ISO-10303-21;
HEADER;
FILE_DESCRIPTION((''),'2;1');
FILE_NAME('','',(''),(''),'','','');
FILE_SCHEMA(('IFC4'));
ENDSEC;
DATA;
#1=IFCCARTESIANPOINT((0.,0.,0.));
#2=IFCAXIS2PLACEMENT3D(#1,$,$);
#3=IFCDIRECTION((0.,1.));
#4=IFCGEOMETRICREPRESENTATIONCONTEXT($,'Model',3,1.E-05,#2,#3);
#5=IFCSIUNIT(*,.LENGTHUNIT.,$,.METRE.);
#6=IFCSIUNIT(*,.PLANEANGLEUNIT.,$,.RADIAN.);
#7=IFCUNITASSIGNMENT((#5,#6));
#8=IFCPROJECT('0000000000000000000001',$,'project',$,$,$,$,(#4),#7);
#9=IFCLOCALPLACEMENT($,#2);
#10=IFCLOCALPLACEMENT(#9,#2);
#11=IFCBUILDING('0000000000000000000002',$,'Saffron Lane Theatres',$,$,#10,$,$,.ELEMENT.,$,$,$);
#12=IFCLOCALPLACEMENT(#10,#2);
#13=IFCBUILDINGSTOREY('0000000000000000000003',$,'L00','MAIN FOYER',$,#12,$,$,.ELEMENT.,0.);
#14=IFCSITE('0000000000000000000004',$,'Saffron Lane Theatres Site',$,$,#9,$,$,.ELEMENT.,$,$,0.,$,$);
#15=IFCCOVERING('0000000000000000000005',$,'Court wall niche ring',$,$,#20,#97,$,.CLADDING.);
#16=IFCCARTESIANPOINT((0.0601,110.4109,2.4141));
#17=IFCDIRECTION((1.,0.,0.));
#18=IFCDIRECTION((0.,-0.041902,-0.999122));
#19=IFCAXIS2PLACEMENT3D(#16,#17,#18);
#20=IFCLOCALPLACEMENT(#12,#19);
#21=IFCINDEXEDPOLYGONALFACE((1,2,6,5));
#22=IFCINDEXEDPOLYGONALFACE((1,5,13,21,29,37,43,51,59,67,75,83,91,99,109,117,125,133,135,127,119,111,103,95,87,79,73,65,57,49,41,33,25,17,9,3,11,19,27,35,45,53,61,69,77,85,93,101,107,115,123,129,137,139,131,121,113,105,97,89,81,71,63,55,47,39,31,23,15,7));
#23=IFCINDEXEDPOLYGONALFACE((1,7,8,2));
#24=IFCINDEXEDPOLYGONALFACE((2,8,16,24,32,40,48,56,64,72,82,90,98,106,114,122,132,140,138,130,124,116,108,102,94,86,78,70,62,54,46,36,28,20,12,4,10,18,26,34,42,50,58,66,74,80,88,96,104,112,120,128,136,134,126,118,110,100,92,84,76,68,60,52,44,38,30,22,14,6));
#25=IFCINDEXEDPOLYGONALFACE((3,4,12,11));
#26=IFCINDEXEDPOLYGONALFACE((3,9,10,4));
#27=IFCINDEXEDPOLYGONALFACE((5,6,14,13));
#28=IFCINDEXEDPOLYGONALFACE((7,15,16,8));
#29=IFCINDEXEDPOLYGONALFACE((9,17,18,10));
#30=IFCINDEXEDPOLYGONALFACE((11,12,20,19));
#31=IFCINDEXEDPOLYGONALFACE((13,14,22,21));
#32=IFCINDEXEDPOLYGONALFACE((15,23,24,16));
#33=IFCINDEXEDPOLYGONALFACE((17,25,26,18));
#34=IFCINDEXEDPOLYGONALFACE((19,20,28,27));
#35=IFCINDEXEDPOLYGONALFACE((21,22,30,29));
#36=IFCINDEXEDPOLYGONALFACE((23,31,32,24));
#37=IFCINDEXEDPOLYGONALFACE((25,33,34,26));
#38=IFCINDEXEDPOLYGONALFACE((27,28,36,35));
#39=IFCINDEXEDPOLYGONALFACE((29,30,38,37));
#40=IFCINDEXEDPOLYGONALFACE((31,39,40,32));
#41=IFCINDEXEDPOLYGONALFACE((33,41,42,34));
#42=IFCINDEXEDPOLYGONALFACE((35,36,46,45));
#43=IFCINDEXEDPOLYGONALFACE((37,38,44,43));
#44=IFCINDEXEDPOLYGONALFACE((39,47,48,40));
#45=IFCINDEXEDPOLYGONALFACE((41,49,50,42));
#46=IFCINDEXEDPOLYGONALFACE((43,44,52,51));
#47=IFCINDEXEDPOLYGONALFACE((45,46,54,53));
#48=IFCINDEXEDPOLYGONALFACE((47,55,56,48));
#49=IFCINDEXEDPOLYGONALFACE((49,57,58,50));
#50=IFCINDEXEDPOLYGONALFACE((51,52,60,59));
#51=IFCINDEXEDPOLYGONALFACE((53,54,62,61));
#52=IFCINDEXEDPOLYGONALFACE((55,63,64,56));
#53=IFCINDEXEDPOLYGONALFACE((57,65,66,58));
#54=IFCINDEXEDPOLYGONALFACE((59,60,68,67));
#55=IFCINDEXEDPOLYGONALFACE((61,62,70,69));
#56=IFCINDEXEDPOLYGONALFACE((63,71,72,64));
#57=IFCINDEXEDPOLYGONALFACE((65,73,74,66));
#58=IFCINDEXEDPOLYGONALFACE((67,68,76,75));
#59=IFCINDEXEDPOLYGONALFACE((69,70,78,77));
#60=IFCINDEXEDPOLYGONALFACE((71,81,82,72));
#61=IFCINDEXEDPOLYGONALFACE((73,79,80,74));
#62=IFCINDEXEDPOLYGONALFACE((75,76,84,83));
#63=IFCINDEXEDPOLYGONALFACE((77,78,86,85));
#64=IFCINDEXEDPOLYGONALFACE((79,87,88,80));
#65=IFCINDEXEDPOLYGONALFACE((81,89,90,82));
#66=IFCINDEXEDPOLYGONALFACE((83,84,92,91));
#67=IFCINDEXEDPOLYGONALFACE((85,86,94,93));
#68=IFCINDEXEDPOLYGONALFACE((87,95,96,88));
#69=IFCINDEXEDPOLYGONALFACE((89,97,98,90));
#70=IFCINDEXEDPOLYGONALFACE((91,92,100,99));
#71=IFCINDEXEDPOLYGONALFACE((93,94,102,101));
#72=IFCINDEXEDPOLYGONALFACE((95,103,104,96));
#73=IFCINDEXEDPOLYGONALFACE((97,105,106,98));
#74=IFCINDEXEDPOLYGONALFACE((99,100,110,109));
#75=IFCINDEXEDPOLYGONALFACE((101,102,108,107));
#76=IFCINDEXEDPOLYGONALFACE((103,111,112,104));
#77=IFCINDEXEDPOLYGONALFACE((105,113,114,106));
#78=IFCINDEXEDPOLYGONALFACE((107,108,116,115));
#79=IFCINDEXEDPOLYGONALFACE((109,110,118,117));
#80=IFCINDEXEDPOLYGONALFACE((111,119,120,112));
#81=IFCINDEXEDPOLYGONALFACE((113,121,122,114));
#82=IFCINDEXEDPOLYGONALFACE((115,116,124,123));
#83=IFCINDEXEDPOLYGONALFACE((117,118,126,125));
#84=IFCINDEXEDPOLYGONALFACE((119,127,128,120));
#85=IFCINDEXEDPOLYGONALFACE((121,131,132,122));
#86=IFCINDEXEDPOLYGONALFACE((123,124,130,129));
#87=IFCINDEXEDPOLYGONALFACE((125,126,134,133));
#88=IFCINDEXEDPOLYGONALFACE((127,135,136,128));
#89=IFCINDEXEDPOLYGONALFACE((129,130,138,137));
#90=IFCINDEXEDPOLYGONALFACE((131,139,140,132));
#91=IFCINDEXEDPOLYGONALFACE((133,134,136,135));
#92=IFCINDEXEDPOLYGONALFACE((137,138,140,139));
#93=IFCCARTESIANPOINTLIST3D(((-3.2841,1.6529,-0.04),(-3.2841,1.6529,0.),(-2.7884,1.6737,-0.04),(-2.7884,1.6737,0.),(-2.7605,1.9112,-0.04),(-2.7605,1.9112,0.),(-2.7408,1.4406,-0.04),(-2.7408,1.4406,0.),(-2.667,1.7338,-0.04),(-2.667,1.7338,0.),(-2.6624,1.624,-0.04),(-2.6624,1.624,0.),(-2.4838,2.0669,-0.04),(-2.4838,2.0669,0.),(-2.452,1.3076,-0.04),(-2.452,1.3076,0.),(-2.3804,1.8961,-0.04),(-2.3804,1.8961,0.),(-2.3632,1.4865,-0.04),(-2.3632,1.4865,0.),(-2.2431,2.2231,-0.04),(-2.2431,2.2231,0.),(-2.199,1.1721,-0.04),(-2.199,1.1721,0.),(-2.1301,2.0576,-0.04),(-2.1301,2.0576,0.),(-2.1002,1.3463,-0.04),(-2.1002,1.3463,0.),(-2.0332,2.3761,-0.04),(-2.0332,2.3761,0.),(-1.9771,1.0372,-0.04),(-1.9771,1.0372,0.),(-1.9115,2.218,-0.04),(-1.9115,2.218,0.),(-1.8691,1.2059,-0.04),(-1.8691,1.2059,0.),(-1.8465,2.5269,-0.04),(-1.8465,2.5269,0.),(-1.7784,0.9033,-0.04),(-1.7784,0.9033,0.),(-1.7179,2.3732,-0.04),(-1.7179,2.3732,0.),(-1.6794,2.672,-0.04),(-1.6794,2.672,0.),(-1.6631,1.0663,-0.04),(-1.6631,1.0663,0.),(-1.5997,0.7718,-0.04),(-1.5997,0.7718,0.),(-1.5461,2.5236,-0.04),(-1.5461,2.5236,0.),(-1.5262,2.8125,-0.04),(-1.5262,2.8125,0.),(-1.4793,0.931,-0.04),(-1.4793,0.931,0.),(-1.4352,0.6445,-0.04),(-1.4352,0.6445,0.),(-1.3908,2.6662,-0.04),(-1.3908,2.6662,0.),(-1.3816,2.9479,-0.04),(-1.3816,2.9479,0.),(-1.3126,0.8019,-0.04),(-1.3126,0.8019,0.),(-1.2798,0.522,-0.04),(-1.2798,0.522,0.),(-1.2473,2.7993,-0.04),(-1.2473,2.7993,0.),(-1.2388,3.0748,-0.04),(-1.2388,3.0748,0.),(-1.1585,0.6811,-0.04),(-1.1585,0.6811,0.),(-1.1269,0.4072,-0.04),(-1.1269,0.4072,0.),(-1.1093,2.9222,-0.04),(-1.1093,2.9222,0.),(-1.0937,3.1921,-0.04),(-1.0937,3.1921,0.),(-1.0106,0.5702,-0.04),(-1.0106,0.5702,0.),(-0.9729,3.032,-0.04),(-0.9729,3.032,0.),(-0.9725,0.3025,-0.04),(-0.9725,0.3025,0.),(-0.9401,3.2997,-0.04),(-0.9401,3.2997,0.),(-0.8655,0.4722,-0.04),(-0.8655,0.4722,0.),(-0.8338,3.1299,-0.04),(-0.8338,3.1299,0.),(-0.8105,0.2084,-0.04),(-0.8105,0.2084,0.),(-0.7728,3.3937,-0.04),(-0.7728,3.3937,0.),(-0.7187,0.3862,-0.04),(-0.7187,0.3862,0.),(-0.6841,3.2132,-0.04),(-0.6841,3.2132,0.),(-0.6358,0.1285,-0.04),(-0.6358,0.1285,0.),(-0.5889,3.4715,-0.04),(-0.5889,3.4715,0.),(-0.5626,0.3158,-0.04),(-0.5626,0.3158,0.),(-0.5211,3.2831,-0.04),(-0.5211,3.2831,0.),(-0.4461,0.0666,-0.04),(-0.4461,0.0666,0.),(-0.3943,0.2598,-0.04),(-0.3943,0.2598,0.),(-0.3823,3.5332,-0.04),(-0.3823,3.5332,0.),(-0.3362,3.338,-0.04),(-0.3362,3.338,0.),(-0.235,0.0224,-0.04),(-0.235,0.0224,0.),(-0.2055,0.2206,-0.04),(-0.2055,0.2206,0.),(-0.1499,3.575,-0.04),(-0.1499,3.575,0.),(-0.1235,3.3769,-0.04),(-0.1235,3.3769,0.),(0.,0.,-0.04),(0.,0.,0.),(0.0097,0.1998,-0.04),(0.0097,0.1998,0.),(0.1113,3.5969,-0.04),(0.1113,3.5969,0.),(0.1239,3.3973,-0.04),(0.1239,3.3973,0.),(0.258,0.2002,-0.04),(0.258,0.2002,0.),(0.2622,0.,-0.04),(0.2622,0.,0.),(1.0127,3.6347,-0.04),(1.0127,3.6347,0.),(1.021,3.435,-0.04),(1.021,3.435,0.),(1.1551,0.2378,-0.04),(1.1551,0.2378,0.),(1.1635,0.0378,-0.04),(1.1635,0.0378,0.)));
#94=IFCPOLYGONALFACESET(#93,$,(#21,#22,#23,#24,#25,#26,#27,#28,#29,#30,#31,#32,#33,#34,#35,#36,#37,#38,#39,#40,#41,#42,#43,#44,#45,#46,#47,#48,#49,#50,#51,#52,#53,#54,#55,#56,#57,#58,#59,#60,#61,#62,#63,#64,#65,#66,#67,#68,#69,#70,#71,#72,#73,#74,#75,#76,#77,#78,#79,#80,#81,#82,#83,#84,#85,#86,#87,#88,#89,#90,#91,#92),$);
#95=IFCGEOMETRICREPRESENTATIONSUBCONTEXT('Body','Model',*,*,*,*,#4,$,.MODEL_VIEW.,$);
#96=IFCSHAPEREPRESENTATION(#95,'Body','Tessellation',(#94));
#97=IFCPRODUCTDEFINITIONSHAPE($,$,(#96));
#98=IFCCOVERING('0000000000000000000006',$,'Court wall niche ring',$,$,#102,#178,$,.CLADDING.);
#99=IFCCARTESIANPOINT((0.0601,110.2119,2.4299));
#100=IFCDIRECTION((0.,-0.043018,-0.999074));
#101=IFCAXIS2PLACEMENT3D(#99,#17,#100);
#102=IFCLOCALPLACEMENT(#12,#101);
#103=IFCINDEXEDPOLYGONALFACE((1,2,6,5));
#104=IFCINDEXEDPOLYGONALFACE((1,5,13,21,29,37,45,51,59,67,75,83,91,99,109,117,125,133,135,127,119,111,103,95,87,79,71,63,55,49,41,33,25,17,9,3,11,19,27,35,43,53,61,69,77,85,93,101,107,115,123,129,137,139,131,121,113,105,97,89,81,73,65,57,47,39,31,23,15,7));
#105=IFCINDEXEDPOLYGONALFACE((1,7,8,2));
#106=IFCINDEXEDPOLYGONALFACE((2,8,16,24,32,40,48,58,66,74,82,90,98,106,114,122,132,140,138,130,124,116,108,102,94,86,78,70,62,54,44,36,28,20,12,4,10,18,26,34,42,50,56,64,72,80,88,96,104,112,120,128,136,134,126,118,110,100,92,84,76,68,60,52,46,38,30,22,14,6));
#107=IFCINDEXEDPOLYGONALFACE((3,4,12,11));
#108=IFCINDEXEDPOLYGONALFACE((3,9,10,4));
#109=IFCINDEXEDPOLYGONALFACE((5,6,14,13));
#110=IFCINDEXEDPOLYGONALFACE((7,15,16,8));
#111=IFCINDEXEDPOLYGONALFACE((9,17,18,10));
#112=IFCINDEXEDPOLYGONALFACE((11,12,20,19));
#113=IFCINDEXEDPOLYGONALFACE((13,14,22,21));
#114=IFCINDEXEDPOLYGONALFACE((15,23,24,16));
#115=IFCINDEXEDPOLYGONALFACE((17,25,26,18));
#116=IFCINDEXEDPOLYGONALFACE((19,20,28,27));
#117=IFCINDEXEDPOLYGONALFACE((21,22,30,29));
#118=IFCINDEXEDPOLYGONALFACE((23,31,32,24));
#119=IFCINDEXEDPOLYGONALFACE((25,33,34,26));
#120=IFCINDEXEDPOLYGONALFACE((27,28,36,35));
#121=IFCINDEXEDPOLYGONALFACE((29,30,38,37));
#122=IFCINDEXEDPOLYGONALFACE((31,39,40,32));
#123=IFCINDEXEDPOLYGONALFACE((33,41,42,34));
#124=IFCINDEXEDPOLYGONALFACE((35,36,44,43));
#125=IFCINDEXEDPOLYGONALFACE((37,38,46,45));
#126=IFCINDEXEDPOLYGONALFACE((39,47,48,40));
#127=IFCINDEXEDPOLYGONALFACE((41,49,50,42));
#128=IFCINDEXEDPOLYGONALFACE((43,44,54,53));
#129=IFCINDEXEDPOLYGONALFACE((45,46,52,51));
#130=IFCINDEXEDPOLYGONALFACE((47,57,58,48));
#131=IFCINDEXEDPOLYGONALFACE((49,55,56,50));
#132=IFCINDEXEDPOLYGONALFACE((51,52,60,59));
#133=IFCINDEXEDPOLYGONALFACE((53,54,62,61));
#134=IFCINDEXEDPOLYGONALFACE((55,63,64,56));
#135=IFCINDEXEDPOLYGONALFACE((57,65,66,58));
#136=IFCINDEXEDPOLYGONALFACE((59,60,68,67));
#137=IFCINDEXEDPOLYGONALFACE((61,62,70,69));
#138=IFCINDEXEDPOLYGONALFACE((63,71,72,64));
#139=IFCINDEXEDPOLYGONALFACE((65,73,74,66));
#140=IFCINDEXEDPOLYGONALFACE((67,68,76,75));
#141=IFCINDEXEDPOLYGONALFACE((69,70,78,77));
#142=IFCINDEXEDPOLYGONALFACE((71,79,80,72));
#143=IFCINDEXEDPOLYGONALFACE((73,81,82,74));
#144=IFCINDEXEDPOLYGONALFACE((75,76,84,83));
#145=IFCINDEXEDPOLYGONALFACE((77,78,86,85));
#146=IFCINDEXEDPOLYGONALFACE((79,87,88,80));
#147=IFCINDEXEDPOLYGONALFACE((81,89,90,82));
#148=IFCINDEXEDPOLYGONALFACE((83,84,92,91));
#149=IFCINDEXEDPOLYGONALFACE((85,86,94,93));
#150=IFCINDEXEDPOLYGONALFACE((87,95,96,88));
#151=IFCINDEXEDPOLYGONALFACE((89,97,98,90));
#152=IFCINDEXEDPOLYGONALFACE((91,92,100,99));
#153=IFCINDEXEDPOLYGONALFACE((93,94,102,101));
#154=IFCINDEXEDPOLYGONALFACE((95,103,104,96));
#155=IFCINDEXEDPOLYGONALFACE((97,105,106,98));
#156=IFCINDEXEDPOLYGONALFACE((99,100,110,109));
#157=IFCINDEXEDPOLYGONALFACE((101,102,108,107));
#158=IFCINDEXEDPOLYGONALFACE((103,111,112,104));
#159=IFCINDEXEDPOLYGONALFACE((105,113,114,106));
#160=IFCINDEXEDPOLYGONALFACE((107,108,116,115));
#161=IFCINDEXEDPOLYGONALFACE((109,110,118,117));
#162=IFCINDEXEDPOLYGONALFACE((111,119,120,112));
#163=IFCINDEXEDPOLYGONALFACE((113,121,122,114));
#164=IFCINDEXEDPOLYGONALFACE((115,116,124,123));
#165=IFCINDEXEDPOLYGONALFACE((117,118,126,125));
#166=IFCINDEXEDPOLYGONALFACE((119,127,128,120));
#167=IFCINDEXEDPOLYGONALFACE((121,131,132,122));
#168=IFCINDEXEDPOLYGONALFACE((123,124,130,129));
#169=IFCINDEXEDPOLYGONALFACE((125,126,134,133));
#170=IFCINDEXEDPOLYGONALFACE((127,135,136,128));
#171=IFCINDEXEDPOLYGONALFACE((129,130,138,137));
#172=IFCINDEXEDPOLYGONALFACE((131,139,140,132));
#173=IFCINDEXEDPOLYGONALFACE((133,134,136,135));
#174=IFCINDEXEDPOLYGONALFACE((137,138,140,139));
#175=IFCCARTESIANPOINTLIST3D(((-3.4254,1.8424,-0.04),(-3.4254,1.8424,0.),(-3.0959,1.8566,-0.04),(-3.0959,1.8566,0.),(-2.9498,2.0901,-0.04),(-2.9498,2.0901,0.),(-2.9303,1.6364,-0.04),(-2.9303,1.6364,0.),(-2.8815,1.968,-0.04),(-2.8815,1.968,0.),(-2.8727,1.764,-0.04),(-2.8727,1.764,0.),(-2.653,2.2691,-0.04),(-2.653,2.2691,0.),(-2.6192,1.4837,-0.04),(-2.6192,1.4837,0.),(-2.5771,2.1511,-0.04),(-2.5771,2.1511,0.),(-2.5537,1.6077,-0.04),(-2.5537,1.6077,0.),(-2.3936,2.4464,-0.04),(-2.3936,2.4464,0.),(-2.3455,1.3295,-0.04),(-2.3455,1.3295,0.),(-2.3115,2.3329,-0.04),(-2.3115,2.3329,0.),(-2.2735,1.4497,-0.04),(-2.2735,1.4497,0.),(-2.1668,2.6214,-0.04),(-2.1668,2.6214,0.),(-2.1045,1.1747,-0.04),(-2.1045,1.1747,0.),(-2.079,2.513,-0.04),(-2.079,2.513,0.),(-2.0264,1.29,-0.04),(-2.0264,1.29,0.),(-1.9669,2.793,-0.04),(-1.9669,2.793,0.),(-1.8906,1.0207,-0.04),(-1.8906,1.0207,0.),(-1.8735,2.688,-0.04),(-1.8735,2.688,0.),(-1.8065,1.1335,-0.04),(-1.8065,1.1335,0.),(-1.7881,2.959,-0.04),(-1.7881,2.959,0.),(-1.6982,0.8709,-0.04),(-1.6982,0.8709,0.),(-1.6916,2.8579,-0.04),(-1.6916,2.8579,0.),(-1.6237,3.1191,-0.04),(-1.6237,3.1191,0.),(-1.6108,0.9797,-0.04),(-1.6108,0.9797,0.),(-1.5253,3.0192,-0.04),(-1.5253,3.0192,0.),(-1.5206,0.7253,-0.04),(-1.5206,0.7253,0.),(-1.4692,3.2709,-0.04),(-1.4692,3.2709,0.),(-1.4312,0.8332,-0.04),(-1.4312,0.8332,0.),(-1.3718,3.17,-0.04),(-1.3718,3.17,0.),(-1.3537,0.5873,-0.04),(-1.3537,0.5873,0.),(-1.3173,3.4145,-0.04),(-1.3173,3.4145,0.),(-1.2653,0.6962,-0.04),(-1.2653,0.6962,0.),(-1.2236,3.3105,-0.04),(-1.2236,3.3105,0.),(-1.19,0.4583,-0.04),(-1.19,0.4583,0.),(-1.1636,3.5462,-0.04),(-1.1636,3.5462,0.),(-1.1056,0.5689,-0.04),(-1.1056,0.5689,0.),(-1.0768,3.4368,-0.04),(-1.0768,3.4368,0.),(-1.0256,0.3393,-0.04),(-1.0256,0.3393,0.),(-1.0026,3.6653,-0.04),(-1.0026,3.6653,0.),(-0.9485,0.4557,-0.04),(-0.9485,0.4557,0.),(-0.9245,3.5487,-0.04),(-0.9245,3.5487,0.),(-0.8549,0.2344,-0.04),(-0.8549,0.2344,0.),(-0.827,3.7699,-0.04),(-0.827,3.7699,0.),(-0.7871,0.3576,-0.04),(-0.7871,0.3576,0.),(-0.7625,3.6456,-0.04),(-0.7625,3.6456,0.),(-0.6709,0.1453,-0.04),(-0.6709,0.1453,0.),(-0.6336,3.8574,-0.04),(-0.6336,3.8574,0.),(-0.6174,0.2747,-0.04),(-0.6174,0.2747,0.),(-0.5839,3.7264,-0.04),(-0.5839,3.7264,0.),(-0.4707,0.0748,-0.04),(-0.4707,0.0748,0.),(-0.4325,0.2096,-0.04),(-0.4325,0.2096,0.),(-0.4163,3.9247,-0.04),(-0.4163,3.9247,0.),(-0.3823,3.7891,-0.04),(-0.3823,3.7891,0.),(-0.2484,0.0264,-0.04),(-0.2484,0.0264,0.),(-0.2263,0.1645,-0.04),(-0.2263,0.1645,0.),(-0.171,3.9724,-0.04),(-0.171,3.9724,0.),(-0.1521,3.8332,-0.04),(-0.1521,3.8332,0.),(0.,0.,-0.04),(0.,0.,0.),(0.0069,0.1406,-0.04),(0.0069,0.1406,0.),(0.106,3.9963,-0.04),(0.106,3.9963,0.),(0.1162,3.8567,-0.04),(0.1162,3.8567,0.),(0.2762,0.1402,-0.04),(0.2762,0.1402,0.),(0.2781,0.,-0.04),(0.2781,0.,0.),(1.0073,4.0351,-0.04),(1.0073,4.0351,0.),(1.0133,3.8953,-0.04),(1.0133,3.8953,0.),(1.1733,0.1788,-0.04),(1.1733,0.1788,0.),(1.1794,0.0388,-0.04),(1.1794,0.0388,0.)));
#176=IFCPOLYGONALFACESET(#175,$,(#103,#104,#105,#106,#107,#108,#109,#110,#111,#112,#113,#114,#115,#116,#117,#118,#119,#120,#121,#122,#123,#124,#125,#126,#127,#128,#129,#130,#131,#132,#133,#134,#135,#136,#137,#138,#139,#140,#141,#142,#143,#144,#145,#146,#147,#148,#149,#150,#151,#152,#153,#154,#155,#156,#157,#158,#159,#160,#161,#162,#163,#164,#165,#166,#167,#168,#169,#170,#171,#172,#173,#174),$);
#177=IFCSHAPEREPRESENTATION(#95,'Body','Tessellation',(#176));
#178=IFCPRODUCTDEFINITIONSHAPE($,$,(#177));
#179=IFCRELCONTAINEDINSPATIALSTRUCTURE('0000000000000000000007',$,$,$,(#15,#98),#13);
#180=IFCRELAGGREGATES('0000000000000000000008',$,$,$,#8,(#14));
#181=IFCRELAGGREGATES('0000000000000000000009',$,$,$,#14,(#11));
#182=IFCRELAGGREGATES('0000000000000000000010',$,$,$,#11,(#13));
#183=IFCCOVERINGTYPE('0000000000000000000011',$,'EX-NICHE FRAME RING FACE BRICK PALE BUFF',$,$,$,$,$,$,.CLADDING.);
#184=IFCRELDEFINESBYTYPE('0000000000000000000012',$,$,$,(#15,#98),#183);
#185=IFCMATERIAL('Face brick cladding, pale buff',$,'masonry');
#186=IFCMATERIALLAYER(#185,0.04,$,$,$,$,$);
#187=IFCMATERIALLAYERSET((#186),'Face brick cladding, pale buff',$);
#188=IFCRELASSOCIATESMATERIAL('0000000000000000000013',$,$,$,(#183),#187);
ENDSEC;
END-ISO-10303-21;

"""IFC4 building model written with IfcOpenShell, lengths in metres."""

from ifc_helpers import new_model, si_unit, direction, frame, origin, place, context, subcontext, project, spatial, polyline, outline, extrude, material, layer, layer_set, type_object, element, save


model = new_model("IFC4")

# Units and contexts
model_context = context("Model", 3, precision=1e-05, world=origin(), true_north=direction((0.0, 1.0)))
body_context = subcontext(model_context, "Body", "Model", "MODEL_VIEW")
ifc_project = project(units=[si_unit("LENGTHUNIT", "METRE"), si_unit("PLANEANGLEUNIT", "RADIAN")], contexts=[model_context])

# Site, building, storey
site_placement = place(None, origin())
site = spatial("IfcSite", under=ifc_project, at=site_placement, Name="Saffron Lane Theatres Site", CompositionType="ELEMENT", RefElevation=0.0)
building_placement = place(site_placement, origin())
building = spatial("IfcBuilding", under=site, at=building_placement, Name="Saffron Lane Theatres", CompositionType="ELEMENT")
storey_placement = place(building_placement, origin())
storey = spatial("IfcBuildingStorey", under=building, at=storey_placement, Name="L00", Description="MAIN FOYER", CompositionType="ELEMENT", Elevation=0.0)

# Coverings
ifc_material_1 = material(Name="Face brick cladding, pale buff", Category="masonry")
ifc_layer_1 = layer(ifc_material_1, 0.04)
ifc_layer_set_1 = layer_set([ifc_layer_1], Name="Face brick cladding, pale buff")
covering_type_1 = type_object("IfcCoveringType", Name="EX-NICHE FRAME RING FACE BRICK PALE BUFF", PredefinedType="CLADDING", material=ifc_layer_set_1)
covering_1_placement = place(storey_placement, frame((0.0601, 110.4109, 2.4141), z_axis=(1.0, 0.0, 0.0), x_axis=(0.0, -0.041902, -0.999122)))
element("IfcCovering", 1, at=covering_1_placement, inside=storey, type_object=covering_type_1, Name="Court wall niche ring", PredefinedType="CLADDING", context=body_context, shape_type="SweptSolid", body=[
    extrude(outline(polyline([(0.0, 0.0), (0.2622, 0.0), (1.1635, 0.0378), (1.1551, 0.2378), (0.258, 0.2002), (0.0097, 0.1998), (-0.2055, 0.2206), (-0.3943, 0.2598), (-0.5626, 0.3158), (-0.7187, 0.3862), (-0.8655, 0.4722), (-1.0106, 0.5702), (-1.1585, 0.6811), (-1.3126, 0.8019), (-1.4793, 0.931), (-1.6631, 1.0663), (-1.8691, 1.2059), (-2.1002, 1.3463), (-2.3632, 1.4865), (-2.6624, 1.624), (-2.7884, 1.6737), (-2.667, 1.7338), (-2.3804, 1.8961), (-2.1301, 2.0576), (-1.9115, 2.218), (-1.7179, 2.3732), (-1.5461, 2.5236), (-1.3908, 2.6662), (-1.2473, 2.7993), (-1.1093, 2.9222), (-0.9729, 3.032), (-0.8338, 3.1299), (-0.6841, 3.2132), (-0.5211, 3.2831), (-0.3362, 3.338), (-0.1235, 3.3769), (0.1239, 3.3973), (1.021, 3.435), (1.0127, 3.6347), (0.1113, 3.5969), (-0.1499, 3.575), (-0.3823, 3.5332), (-0.5889, 3.4715), (-0.7728, 3.3937), (-0.9401, 3.2997), (-1.0937, 3.1921), (-1.2388, 3.0748), (-1.3816, 2.9479), (-1.5262, 2.8125), (-1.6794, 2.672), (-1.8465, 2.5269), (-2.0332, 2.3761), (-2.2431, 2.2231), (-2.4838, 2.0669), (-2.7605, 1.9112), (-3.2841, 1.6529), (-2.7408, 1.4406), (-2.452, 1.3076), (-2.199, 1.1721), (-1.9771, 1.0372), (-1.7784, 0.9033), (-1.5997, 0.7718), (-1.4352, 0.6445), (-1.2798, 0.522), (-1.1269, 0.4072), (-0.9725, 0.3025), (-0.8105, 0.2084), (-0.6358, 0.1285), (-0.4461, 0.0666), (-0.235, 0.0224), (0.0, 0.0)])), origin(), (0.0, 0.0, -1.0), 0.04),
])
covering_2_placement = place(storey_placement, frame((0.0601, 110.2119, 2.4299), z_axis=(1.0, 0.0, 0.0), x_axis=(0.0, -0.043018, -0.999074)))
element("IfcCovering", 2, at=covering_2_placement, inside=storey, type_object=covering_type_1, Name="Court wall niche ring", PredefinedType="CLADDING", context=body_context, shape_type="SweptSolid", body=[
    extrude(outline(polyline([(0.0, 0.0), (0.2781, 0.0), (1.1794, 0.0388), (1.1733, 0.1788), (0.2762, 0.1402), (0.0069, 0.1406), (-0.2263, 0.1645), (-0.4325, 0.2096), (-0.6174, 0.2747), (-0.7871, 0.3576), (-0.9485, 0.4557), (-1.1056, 0.5689), (-1.2653, 0.6962), (-1.4312, 0.8332), (-1.6108, 0.9797), (-1.8065, 1.1335), (-2.0264, 1.29), (-2.2735, 1.4497), (-2.5537, 1.6077), (-2.8727, 1.764), (-3.0959, 1.8566), (-2.8815, 1.968), (-2.5771, 2.1511), (-2.3115, 2.3329), (-2.079, 2.513), (-1.8735, 2.688), (-1.6916, 2.8579), (-1.5253, 3.0192), (-1.3718, 3.17), (-1.2236, 3.3105), (-1.0768, 3.4368), (-0.9245, 3.5487), (-0.7625, 3.6456), (-0.5839, 3.7264), (-0.3823, 3.7891), (-0.1521, 3.8332), (0.1162, 3.8567), (1.0133, 3.8953), (1.0073, 4.0351), (0.106, 3.9963), (-0.171, 3.9724), (-0.4163, 3.9247), (-0.6336, 3.8574), (-0.827, 3.7699), (-1.0026, 3.6653), (-1.1636, 3.5462), (-1.3173, 3.4145), (-1.4692, 3.2709), (-1.6237, 3.1191), (-1.7881, 2.959), (-1.9669, 2.793), (-2.1668, 2.6214), (-2.3936, 2.4464), (-2.653, 2.2691), (-2.9498, 2.0901), (-3.4254, 1.8424), (-2.9303, 1.6364), (-2.6192, 1.4837), (-2.3455, 1.3295), (-2.1045, 1.1747), (-1.8906, 1.0207), (-1.6982, 0.8709), (-1.5206, 0.7253), (-1.3537, 0.5873), (-1.19, 0.4583), (-1.0256, 0.3393), (-0.8549, 0.2344), (-0.6709, 0.1453), (-0.4707, 0.0748), (-0.2484, 0.0264), (0.0, 0.0)])), origin(), (0.0, 0.0, -1.0), 0.04),
])

save(model, "model.ifc")
